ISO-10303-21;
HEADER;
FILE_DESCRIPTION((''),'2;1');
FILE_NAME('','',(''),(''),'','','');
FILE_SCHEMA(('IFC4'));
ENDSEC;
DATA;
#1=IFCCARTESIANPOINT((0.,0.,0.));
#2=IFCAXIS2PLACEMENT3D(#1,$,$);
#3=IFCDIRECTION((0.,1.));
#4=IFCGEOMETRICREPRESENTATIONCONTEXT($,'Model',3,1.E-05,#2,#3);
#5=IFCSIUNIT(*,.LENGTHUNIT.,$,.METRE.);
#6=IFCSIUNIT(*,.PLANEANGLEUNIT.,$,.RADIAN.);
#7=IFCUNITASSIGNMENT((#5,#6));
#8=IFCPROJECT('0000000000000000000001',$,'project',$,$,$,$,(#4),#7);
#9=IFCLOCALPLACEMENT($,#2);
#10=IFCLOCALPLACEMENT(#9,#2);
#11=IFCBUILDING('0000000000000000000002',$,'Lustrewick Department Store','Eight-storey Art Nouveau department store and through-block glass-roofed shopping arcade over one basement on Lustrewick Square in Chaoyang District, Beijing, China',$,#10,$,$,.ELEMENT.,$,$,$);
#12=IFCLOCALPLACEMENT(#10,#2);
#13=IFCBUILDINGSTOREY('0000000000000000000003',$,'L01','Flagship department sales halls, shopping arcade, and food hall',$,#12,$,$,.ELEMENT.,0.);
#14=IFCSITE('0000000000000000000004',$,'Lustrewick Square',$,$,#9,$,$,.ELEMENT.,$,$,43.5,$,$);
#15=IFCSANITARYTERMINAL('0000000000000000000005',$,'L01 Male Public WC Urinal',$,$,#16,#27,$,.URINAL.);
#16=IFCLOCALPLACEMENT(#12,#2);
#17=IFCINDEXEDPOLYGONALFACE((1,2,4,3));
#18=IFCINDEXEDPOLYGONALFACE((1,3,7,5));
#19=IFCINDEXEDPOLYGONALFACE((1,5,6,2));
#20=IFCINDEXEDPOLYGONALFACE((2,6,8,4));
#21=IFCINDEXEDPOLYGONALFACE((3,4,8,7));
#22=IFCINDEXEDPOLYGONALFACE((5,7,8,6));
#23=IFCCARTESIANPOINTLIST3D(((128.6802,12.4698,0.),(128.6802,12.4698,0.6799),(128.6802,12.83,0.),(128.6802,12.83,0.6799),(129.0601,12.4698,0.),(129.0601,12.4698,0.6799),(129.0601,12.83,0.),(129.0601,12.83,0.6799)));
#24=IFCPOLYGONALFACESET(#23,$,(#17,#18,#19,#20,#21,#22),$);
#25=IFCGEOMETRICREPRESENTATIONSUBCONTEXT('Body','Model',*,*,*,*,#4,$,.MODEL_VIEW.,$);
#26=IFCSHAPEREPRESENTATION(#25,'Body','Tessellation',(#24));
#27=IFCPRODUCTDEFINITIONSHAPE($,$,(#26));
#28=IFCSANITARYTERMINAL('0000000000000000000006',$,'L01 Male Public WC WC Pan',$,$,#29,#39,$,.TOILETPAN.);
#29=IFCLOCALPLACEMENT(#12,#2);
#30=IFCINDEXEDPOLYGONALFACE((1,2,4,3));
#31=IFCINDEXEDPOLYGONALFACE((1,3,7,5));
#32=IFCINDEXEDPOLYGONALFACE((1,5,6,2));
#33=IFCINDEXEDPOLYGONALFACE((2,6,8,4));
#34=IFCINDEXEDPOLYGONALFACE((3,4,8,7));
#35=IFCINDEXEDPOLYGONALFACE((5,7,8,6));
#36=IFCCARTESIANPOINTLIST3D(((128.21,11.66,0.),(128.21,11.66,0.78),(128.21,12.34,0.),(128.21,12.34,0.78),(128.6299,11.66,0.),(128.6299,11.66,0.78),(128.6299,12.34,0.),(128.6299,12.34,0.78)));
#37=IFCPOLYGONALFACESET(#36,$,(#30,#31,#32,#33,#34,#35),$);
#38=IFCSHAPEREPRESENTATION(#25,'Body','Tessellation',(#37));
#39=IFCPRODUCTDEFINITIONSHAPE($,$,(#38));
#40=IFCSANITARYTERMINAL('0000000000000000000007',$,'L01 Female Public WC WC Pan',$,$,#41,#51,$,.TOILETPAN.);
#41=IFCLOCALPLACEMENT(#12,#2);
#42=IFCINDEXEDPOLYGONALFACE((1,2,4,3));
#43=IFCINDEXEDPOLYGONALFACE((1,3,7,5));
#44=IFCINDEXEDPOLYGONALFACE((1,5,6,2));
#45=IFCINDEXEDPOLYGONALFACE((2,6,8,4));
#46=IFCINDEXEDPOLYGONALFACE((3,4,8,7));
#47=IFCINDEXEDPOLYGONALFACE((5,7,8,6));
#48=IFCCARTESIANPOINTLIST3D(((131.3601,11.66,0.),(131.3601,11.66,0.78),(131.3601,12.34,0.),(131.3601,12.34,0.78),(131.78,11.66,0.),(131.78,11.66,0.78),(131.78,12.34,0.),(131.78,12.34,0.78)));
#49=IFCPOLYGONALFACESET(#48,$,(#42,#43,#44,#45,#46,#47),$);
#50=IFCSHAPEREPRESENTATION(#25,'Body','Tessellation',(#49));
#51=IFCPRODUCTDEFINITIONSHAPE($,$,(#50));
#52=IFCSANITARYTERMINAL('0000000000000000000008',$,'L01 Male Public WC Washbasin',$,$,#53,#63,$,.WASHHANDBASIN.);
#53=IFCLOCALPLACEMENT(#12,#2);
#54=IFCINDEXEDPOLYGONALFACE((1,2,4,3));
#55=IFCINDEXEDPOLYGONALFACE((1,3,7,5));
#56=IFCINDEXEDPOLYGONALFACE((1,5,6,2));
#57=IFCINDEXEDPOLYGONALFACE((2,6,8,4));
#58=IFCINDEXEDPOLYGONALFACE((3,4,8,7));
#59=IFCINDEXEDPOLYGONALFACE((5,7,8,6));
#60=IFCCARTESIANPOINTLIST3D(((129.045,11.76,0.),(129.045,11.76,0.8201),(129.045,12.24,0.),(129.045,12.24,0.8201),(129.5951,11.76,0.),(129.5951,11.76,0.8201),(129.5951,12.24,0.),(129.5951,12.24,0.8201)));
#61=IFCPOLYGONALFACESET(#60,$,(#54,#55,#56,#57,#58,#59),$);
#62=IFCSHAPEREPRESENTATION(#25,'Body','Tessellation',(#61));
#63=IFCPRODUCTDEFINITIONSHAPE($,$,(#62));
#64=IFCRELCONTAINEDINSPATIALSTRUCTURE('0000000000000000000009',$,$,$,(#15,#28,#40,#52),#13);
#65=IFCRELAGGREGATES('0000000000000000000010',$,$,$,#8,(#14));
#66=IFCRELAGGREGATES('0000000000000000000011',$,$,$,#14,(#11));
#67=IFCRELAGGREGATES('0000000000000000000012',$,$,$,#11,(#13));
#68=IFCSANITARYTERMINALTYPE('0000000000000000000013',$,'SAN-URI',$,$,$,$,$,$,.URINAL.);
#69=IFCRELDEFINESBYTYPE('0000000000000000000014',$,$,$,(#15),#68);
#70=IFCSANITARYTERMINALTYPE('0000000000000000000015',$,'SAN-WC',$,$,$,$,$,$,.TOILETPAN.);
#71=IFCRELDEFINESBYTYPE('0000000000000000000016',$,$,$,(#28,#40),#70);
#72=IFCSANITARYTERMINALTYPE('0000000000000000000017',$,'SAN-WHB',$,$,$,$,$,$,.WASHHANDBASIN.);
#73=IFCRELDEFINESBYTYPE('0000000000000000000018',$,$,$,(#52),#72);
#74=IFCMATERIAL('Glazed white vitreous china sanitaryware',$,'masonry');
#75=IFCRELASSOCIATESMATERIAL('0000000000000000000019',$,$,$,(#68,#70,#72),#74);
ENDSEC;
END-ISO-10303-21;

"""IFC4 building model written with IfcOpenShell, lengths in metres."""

from ifc_helpers import new_model, si_unit, direction, frame, origin, origin_2d, place, context, subcontext, project, spatial, rectangle, extrude, material, type_object, element, save


model = new_model("IFC4")

# Units and contexts
model_context = context("Model", 3, precision=1e-05, world=origin(), true_north=direction((0.0, 1.0)))
body_context = subcontext(model_context, "Body", "Model", "MODEL_VIEW")
ifc_project = project(units=[si_unit("LENGTHUNIT", "METRE"), si_unit("PLANEANGLEUNIT", "RADIAN")], contexts=[model_context])

# Site, building, storey
site_placement = place(None, origin())
site = spatial("IfcSite", under=ifc_project, at=site_placement, Name="Lustrewick Square", CompositionType="ELEMENT", RefElevation=43.5)
building_placement = place(site_placement, origin())
building = spatial("IfcBuilding", under=site, at=building_placement, Name="Lustrewick Department Store", Description="Eight-storey Art Nouveau department store and through-block glass-roofed shopping arcade over one basement on Lustrewick Square in Chaoyang District, Beijing, China", CompositionType="ELEMENT")
storey_placement = place(building_placement, origin())
storey = spatial("IfcBuildingStorey", under=building, at=storey_placement, Name="L01", Description="Flagship department sales halls, shopping arcade, and food hall", CompositionType="ELEMENT", Elevation=0.0)

# Sanitary terminals
ifc_material_1 = material(Name="Glazed white vitreous china sanitaryware", Category="masonry")
sanitary_terminal_type_1 = type_object("IfcSanitaryTerminalType", Name="SAN-URI", PredefinedType="URINAL", material=ifc_material_1)
sanitary_terminal_1_placement = place(storey_placement, frame((128.8701, 12.6499, 0.0), z_axis=(0.0, 0.0, 1.0), x_axis=(1.0, 0.0, 0.0)))
element("IfcSanitaryTerminal", 1, at=sanitary_terminal_1_placement, inside=storey, type_object=sanitary_terminal_type_1, Name="L01 Male Public WC Urinal", PredefinedType="URINAL", context=body_context, shape_type="SweptSolid", body=[
    extrude(rectangle(XDim=0.3799, YDim=0.3601, at=origin_2d()), origin(), (0.0, 0.0, 1.0), 0.6799),
])
sanitary_terminal_type_2 = type_object("IfcSanitaryTerminalType", Name="SAN-WC", PredefinedType="TOILETPAN", material=ifc_material_1)
for number, where, z_axis, x_axis, name in (
    (2, (128.4199, 12.0, 0.0), (0.0, 0.0, 1.0), (1.0, 0.0, 0.0), "L01 Male Public WC WC Pan"),
    (3, (131.5701, 12.0, 0.0), (0.0, 0.0, 1.0), (1.0, 0.0, 0.0), "L01 Female Public WC WC Pan"),
):
    element("IfcSanitaryTerminal", number, at=place(storey_placement, frame(where, z_axis=z_axis, x_axis=x_axis)), inside=storey, type_object=sanitary_terminal_type_2, Name=name, PredefinedType="TOILETPAN", context=body_context, shape_type="SweptSolid", body=[
        extrude(rectangle(XDim=0.4199, YDim=0.6799, at=origin_2d()), origin(), (0.0, 0.0, 1.0), 0.78),
    ])
sanitary_terminal_type_3 = type_object("IfcSanitaryTerminalType", Name="SAN-WHB", PredefinedType="WASHHANDBASIN", material=ifc_material_1)
sanitary_terminal_2_placement = place(storey_placement, frame((129.3201, 12.0, 0.0), z_axis=(0.0, 0.0, 1.0), x_axis=(1.0, 0.0, 0.0)))
element("IfcSanitaryTerminal", 4, at=sanitary_terminal_2_placement, inside=storey, type_object=sanitary_terminal_type_3, Name="L01 Male Public WC Washbasin", PredefinedType="WASHHANDBASIN", context=body_context, shape_type="SweptSolid", body=[
    extrude(rectangle(XDim=0.55, YDim=0.48, at=origin_2d()), origin(), (0.0, 0.0, 1.0), 0.8201),
])

save(model, "model.ifc")
